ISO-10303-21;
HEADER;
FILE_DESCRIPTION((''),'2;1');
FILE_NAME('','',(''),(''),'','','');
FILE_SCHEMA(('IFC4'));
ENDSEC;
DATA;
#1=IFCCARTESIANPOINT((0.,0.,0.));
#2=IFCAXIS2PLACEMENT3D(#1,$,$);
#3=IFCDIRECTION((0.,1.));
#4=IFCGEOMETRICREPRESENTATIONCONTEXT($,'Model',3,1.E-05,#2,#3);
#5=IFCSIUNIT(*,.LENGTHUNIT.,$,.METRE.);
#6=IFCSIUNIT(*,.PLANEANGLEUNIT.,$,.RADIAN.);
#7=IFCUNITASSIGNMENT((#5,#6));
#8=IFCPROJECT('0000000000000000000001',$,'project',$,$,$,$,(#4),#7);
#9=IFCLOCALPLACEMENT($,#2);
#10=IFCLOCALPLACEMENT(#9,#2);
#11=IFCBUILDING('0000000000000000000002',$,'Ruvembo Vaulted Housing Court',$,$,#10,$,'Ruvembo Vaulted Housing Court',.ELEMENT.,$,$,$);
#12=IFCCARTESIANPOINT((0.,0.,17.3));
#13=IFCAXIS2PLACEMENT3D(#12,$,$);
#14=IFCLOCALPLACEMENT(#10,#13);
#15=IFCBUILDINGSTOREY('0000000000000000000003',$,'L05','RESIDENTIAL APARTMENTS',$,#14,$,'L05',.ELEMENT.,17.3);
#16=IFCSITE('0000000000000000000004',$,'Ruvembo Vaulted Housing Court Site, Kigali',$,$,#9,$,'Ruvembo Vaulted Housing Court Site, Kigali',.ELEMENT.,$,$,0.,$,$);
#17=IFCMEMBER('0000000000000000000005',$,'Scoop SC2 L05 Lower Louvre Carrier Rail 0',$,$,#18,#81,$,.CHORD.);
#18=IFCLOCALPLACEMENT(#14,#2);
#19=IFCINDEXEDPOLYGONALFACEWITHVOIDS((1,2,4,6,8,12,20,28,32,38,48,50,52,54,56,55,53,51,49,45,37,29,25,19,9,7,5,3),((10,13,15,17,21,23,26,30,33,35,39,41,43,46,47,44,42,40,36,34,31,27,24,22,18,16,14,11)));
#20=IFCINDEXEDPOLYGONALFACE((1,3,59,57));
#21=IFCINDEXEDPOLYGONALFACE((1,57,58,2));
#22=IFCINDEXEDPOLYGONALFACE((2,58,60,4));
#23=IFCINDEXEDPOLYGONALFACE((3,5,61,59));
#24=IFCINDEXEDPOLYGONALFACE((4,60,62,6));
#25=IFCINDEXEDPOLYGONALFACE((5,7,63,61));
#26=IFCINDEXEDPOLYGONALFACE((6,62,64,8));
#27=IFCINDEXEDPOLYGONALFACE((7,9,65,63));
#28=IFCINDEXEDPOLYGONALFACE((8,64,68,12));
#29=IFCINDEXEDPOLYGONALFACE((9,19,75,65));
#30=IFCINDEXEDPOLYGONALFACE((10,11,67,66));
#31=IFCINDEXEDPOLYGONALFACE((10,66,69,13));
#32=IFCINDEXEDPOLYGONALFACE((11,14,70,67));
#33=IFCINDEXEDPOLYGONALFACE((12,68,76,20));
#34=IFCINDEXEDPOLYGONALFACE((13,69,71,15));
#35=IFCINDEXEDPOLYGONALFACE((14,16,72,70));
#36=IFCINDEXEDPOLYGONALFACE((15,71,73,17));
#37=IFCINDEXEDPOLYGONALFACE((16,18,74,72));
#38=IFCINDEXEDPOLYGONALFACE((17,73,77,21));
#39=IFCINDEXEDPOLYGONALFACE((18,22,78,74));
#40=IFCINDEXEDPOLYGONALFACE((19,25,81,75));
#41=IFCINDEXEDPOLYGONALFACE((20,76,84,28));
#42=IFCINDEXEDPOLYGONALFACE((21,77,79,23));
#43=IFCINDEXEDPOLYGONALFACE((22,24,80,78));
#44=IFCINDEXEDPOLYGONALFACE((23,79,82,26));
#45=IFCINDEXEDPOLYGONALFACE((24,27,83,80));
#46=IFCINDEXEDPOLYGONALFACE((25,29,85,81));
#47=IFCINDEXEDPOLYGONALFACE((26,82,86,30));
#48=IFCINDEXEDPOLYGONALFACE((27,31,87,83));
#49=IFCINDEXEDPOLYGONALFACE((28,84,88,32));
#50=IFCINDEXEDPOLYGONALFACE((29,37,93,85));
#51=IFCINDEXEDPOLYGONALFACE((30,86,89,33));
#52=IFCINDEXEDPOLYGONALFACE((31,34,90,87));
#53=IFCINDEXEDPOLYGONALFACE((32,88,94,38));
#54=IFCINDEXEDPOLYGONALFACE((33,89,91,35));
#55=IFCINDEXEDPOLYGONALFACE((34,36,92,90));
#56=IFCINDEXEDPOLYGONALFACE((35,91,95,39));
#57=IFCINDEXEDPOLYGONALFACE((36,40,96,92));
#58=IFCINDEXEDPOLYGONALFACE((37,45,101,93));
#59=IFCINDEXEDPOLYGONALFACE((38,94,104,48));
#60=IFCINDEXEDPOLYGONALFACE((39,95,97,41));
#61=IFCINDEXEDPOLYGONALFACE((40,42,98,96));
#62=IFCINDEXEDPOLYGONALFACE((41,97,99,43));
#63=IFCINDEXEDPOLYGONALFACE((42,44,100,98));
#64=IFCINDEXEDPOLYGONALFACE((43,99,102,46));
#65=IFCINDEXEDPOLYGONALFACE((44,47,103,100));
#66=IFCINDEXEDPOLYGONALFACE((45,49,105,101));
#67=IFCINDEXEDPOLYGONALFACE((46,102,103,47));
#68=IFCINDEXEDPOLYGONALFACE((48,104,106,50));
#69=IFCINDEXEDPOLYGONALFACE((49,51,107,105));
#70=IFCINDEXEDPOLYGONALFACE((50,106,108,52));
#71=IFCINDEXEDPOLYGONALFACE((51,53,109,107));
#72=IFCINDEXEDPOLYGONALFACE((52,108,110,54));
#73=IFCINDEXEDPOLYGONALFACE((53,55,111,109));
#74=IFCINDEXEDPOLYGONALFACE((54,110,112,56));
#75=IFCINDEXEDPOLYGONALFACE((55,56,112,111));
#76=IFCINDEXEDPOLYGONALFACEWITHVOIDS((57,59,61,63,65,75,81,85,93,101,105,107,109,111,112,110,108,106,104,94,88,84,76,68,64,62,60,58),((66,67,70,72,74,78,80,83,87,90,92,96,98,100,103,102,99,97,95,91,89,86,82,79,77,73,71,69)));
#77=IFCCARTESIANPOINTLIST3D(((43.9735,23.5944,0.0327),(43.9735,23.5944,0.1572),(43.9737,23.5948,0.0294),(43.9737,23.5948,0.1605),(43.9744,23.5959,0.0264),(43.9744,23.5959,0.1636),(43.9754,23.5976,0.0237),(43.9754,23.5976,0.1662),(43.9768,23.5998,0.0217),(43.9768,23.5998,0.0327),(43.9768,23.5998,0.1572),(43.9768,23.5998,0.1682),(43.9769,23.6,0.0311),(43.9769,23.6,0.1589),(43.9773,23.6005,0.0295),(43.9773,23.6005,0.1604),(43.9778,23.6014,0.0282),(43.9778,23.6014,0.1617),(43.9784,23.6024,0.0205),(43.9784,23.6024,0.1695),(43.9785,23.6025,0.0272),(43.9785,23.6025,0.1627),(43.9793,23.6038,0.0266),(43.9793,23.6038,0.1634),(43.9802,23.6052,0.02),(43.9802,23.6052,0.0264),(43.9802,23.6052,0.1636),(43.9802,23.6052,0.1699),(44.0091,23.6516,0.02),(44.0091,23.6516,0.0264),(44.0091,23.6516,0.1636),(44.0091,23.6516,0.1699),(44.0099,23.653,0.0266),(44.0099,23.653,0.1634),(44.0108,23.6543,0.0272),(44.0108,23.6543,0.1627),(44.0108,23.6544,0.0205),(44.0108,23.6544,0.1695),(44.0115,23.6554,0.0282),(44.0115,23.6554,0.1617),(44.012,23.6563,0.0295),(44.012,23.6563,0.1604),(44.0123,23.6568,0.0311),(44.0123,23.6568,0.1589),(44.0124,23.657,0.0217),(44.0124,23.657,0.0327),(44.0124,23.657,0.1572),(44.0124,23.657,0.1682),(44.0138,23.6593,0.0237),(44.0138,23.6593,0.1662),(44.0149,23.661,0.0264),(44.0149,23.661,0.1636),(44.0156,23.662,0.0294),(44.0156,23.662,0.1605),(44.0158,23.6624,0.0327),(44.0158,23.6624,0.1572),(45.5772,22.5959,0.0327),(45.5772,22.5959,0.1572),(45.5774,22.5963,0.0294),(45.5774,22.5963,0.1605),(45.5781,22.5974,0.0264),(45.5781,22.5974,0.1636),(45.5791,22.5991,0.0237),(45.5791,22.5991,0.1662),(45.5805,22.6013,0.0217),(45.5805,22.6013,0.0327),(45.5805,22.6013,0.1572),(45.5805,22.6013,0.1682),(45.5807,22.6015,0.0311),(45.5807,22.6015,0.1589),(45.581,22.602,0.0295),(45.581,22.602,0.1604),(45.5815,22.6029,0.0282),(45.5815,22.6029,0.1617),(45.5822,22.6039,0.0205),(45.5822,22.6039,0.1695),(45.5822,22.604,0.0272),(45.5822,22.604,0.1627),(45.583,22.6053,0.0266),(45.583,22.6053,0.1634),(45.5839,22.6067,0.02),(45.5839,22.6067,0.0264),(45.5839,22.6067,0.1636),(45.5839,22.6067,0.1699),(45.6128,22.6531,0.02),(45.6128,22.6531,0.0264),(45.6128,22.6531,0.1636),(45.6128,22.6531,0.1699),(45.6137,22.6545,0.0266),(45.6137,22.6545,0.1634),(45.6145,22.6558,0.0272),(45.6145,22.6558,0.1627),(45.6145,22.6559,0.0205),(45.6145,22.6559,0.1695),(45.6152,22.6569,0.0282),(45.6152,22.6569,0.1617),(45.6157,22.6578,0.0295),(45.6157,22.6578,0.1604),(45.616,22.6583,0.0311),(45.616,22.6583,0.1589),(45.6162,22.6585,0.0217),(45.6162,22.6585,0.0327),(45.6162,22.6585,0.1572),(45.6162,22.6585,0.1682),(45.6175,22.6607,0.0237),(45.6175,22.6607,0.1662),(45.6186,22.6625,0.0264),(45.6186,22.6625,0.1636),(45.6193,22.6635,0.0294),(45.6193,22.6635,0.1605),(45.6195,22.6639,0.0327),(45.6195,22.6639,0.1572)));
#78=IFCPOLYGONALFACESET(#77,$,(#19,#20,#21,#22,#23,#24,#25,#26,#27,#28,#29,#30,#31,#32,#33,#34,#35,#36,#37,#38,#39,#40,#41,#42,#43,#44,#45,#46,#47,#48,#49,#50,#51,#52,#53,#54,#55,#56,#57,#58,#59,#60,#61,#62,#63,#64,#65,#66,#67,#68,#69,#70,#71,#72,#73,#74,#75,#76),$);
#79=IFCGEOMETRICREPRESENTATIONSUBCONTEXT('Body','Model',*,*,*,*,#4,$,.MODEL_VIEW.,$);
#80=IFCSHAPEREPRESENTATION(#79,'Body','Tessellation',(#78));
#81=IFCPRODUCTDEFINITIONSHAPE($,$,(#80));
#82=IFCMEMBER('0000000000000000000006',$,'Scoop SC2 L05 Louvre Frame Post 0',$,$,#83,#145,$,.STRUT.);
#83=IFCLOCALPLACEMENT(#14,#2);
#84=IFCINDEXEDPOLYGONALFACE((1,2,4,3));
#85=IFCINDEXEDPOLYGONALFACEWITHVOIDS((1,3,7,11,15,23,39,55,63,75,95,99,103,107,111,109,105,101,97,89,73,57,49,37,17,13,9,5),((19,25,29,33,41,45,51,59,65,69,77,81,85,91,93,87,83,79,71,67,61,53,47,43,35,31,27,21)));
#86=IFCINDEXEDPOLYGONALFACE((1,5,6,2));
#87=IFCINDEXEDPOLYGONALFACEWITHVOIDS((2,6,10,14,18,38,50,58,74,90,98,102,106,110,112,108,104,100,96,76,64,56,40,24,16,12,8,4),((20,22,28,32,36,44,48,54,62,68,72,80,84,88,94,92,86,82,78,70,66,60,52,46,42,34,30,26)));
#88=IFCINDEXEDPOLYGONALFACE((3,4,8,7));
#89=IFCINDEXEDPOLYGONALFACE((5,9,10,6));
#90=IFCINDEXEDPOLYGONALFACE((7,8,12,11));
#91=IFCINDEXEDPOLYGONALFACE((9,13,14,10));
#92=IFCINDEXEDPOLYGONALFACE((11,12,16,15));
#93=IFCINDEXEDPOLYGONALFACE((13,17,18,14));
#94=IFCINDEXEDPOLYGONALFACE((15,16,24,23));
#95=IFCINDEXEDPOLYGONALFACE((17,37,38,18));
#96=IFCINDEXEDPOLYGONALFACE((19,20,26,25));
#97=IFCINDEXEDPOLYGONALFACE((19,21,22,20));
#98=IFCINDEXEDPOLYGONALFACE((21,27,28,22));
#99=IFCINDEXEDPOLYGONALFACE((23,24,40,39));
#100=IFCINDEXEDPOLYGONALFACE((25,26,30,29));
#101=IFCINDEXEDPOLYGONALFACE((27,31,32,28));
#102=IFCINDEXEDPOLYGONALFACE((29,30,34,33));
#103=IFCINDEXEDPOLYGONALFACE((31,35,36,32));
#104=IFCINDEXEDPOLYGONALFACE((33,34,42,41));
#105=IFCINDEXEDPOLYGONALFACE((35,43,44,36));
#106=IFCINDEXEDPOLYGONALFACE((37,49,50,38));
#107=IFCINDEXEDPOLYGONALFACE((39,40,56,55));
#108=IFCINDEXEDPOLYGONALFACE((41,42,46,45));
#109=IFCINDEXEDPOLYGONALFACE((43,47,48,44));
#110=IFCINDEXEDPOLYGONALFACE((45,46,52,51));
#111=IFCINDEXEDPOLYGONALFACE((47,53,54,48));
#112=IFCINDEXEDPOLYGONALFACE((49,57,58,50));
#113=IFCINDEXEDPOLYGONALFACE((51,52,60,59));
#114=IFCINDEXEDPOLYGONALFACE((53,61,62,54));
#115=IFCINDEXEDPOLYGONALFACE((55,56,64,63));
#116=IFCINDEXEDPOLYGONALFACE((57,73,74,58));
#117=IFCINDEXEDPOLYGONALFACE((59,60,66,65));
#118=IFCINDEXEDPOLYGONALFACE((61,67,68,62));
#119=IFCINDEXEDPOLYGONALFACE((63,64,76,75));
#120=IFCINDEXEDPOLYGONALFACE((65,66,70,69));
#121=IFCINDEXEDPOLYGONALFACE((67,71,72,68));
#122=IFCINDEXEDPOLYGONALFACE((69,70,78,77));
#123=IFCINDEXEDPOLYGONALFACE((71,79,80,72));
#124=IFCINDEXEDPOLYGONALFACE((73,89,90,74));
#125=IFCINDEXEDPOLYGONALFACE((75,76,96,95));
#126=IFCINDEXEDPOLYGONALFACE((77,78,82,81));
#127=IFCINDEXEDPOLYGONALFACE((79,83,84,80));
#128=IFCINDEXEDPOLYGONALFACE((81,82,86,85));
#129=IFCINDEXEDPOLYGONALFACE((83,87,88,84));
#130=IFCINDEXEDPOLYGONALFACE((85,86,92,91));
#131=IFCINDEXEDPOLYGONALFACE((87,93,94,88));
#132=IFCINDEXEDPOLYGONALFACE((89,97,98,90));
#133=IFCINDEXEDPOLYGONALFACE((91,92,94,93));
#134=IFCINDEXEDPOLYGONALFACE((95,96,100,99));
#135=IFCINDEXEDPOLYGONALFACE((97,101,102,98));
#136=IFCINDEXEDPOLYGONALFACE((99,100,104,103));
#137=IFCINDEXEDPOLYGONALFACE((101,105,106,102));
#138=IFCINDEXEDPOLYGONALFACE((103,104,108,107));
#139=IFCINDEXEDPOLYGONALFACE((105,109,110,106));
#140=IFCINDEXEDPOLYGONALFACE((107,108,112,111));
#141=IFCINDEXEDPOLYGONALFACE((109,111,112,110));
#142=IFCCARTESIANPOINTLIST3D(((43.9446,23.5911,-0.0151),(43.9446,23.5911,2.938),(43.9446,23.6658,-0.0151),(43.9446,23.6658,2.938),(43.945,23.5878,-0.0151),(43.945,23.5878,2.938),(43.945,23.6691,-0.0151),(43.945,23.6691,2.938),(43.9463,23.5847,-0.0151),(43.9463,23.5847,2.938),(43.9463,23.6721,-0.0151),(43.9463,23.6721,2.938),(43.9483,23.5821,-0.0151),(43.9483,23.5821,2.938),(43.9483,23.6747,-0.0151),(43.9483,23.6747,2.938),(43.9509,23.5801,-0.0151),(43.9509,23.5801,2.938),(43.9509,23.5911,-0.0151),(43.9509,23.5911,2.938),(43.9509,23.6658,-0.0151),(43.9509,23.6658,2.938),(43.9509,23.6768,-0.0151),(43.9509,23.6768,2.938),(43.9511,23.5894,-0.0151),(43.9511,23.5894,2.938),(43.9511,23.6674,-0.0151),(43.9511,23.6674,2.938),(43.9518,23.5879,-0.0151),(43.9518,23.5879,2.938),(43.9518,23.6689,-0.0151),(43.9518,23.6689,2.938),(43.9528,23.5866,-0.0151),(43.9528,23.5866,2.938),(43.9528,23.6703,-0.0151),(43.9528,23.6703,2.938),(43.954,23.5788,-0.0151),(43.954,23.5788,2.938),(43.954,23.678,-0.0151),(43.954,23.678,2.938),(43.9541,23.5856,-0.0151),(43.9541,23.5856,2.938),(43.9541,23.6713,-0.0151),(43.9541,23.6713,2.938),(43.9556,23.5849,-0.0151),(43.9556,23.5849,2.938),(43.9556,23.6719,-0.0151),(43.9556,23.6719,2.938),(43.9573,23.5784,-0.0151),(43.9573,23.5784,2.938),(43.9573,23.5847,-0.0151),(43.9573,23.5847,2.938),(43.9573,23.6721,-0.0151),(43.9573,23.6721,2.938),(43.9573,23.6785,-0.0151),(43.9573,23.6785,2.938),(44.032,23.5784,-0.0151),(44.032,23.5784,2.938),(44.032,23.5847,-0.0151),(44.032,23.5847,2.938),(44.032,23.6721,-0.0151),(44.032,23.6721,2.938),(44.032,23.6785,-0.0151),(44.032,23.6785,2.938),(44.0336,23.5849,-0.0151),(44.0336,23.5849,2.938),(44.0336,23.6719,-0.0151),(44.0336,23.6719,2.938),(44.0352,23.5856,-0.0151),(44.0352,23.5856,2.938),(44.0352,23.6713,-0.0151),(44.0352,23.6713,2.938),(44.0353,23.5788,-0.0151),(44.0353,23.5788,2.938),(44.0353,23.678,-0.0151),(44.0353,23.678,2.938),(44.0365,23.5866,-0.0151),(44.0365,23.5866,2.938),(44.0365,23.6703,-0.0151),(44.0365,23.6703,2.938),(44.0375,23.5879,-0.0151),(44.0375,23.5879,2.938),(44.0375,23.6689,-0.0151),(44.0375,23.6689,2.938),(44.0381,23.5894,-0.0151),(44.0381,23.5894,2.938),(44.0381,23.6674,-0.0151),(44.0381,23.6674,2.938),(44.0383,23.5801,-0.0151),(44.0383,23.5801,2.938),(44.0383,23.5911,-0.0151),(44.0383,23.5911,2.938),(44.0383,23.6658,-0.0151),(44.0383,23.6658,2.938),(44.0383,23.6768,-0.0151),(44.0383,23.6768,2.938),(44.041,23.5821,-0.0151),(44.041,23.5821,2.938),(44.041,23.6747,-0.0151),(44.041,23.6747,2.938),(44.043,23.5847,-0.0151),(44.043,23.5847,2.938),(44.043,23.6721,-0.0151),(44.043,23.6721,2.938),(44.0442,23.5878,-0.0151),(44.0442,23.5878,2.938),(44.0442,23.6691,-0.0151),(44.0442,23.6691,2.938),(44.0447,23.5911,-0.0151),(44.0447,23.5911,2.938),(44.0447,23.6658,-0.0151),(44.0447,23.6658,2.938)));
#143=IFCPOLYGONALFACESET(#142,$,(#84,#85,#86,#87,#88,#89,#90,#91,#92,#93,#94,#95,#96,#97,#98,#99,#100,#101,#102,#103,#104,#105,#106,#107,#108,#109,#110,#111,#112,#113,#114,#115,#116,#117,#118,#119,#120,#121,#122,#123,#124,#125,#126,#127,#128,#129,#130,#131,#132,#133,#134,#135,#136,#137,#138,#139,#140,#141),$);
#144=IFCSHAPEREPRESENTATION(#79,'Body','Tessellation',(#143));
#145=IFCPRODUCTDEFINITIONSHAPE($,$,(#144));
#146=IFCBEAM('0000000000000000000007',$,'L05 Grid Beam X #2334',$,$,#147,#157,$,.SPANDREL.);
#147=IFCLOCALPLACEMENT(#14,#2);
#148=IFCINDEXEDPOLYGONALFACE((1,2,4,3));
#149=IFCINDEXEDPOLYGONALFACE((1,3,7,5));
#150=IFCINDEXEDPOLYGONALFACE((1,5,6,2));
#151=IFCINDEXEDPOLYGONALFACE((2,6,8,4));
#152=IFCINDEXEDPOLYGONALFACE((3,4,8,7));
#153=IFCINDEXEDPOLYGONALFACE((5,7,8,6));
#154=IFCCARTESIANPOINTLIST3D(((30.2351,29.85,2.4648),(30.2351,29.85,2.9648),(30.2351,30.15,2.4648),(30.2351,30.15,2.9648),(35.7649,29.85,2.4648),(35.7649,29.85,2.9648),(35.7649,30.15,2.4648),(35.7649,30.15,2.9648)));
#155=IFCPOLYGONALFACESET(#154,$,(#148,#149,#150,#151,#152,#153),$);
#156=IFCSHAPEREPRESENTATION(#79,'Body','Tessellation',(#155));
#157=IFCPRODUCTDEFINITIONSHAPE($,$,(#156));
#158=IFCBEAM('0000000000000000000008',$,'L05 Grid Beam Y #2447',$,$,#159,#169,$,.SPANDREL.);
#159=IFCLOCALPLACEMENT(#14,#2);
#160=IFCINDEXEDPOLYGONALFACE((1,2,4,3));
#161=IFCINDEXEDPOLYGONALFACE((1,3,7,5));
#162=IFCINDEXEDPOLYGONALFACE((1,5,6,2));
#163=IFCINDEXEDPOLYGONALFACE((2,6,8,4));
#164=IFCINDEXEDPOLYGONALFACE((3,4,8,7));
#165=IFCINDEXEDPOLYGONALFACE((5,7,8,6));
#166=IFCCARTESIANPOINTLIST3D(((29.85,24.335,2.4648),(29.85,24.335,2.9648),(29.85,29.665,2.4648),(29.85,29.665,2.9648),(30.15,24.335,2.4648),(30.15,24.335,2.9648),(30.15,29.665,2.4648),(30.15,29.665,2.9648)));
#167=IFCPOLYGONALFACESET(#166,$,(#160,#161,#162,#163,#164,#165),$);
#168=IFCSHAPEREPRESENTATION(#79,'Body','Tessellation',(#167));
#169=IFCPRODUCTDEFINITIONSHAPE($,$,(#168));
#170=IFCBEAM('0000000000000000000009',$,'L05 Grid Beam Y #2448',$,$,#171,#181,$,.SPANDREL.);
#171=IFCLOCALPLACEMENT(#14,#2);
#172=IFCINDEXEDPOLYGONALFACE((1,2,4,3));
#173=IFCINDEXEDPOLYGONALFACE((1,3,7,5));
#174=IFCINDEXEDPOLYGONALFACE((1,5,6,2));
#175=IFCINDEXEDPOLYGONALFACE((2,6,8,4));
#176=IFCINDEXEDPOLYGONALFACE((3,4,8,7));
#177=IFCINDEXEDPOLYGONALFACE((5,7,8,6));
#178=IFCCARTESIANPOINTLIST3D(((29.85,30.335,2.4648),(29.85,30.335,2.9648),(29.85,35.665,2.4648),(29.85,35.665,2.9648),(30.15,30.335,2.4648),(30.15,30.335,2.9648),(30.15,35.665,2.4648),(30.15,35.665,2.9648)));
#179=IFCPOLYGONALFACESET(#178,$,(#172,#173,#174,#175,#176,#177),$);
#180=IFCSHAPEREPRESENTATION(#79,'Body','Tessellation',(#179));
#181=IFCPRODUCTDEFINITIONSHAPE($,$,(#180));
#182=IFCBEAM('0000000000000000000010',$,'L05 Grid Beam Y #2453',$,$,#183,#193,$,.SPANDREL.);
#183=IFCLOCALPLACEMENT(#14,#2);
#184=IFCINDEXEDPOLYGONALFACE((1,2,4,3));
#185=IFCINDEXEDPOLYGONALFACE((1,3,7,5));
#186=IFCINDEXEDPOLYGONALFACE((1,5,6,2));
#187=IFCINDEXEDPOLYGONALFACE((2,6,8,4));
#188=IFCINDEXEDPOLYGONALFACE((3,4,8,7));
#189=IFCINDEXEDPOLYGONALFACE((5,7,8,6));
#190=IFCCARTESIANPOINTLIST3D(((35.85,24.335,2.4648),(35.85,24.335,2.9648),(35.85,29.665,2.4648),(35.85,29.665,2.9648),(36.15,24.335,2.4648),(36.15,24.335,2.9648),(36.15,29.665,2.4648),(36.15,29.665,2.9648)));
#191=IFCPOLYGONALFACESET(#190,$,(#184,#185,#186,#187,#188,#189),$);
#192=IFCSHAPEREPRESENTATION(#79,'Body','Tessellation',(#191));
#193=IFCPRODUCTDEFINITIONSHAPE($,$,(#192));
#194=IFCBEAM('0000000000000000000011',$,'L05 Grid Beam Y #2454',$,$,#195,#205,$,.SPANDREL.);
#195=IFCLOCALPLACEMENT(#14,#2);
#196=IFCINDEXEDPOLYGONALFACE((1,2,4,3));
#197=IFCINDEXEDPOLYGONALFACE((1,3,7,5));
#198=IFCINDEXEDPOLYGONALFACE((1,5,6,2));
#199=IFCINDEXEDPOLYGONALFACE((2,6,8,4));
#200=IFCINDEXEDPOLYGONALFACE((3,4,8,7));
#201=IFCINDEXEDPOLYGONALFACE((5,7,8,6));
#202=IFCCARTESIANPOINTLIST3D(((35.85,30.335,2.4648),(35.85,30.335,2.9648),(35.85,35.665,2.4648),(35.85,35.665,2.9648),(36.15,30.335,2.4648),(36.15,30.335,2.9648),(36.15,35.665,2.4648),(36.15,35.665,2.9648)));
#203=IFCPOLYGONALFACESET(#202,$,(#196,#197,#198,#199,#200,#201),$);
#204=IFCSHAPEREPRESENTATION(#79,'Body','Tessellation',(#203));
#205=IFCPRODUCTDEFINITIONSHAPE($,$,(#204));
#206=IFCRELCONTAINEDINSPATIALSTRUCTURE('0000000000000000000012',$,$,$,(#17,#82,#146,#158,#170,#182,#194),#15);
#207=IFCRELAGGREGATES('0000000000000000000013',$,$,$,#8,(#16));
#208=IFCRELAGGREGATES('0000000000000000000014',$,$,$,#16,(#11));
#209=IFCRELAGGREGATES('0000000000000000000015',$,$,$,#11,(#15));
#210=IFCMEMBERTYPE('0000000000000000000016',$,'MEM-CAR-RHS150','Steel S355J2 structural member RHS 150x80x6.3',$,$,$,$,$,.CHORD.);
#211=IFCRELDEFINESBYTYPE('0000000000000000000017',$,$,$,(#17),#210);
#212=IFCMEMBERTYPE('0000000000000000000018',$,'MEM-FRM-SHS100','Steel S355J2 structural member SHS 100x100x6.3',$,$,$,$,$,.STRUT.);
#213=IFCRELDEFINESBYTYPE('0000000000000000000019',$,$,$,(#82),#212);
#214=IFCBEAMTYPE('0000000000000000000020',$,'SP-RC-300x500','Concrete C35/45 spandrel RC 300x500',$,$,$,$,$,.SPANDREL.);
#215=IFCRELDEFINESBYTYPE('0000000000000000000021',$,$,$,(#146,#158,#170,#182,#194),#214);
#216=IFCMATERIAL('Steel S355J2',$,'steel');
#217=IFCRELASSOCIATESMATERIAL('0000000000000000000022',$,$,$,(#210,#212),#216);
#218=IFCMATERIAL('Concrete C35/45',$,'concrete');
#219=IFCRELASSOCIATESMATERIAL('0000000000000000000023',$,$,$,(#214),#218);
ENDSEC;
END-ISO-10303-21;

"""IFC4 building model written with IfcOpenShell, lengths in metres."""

from ifc_helpers import new_model, si_unit, direction, frame, origin, origin_2d, place, context, subcontext, project, spatial, rectangle, hollow_rectangle, extrude, material, material_profile, profile_set, type_object, element, save


model = new_model("IFC4")

# Units and contexts
model_context = context("Model", 3, precision=1e-05, world=origin(), true_north=direction((0.0, 1.0)))
body_context = subcontext(model_context, "Body", "Model", "MODEL_VIEW")
ifc_project = project(units=[si_unit("LENGTHUNIT", "METRE"), si_unit("PLANEANGLEUNIT", "RADIAN")], contexts=[model_context])

# Site, building, storey
site_placement = place(None, origin())
site = spatial("IfcSite", under=ifc_project, at=site_placement, Name="Ruvembo Vaulted Housing Court Site, Kigali", LongName="Ruvembo Vaulted Housing Court Site, Kigali", CompositionType="ELEMENT", RefElevation=0.0)
building_placement = place(site_placement, origin())
building = spatial("IfcBuilding", under=site, at=building_placement, Name="Ruvembo Vaulted Housing Court", LongName="Ruvembo Vaulted Housing Court", CompositionType="ELEMENT")
storey_placement = place(building_placement, frame((0.0, 0.0, 17.3)))
storey = spatial("IfcBuildingStorey", under=building, at=storey_placement, Name="L05", Description="RESIDENTIAL APARTMENTS", LongName="L05", CompositionType="ELEMENT", Elevation=17.3)

# Shared definitions
ifc_material_1 = material(Name="Concrete C35/45", Category="concrete")

# Shared definitions
ifc_material_2 = material(Name="Steel S355J2", Category="steel")

# Members
ifc_material_profile_1 = material_profile(ifc_material_2, hollow_rectangle(XDim=0.0801, YDim=0.1499, WallThickness=0.0063, InnerFilletRadius=0.0063, OuterFilletRadius=0.0127, at=origin_2d()), Name="RHS 150x80x6.3")
ifc_profile_set_1 = profile_set([ifc_material_profile_1], Name="Steel S355J2")
member_type_1 = type_object("IfcMemberType", Name="MEM-CAR-RHS150", Description="Steel S355J2 structural member RHS 150x80x6.3", PredefinedType="CHORD", material=ifc_profile_set_1)
member_1_placement = place(storey_placement, frame((43.9946, 23.6284, 0.095), z_axis=(0.848905, -0.528546, 0.0), x_axis=(0.528546, 0.848905, 0.0)))
element("IfcMember", 1, at=member_1_placement, inside=storey, type_object=member_type_1, Name="Scoop SC2 L05 Lower Louvre Carrier Rail 0", PredefinedType="CHORD", context=body_context, shape_type="SweptSolid", body=[
    extrude(hollow_rectangle(XDim=0.0801, YDim=0.1499, WallThickness=0.0063, InnerFilletRadius=0.0063, OuterFilletRadius=0.0127, at=origin_2d()), origin(), (0.0, 0.0, 1.0), 1.8892),
])
ifc_material_profile_2 = material_profile(ifc_material_2, hollow_rectangle(XDim=0.1001, YDim=0.1001, WallThickness=0.0063, InnerFilletRadius=0.0063, OuterFilletRadius=0.0127, at=origin_2d()), Name="SHS 100x100x6.3")
ifc_profile_set_2 = profile_set([ifc_material_profile_2], Name="Steel S355J2")
member_type_2 = type_object("IfcMemberType", Name="MEM-FRM-SHS100", Description="Steel S355J2 structural member SHS 100x100x6.3", PredefinedType="STRUT", material=ifc_profile_set_2)
member_2_placement = place(storey_placement, frame((43.9946, 23.6284, -0.0151), z_axis=(0.0, 0.0, 1.0), x_axis=(1.0, 0.0, 0.0)))
element("IfcMember", 2, at=member_2_placement, inside=storey, type_object=member_type_2, Name="Scoop SC2 L05 Louvre Frame Post 0", PredefinedType="STRUT", context=body_context, shape_type="SweptSolid", body=[
    extrude(hollow_rectangle(XDim=0.1001, YDim=0.1001, WallThickness=0.0063, InnerFilletRadius=0.0063, OuterFilletRadius=0.0127, at=origin_2d()), origin(), (0.0, 0.0, 1.0), 2.9531),
])

# Beams
ifc_material_profile_3 = material_profile(ifc_material_1, rectangle(XDim=0.3, YDim=0.5, at=origin_2d()), Name="RC 300x500")
ifc_profile_set_3 = profile_set([ifc_material_profile_3], Name="Concrete C35/45")
beam_type_1 = type_object("IfcBeamType", Name="SP-RC-300x500", Description="Concrete C35/45 spandrel RC 300x500", PredefinedType="SPANDREL", material=ifc_profile_set_3)
beam_1_placement = place(storey_placement, frame((30.2351, 30.0, 2.7148), z_axis=(1.0, 0.0, 0.0), x_axis=(0.0, 1.0, 0.0)))
element("IfcBeam", 3, at=beam_1_placement, inside=storey, type_object=beam_type_1, Name="L05 Grid Beam X #2334", PredefinedType="SPANDREL", context=body_context, shape_type="SweptSolid", body=[
    extrude(rectangle(XDim=0.3, YDim=0.5, at=origin_2d()), origin(), (0.0, 0.0, 1.0), 5.5298),
])
for number, where, z_axis, x_axis, name in (
    (4, (30.0, 24.335, 2.7148), (0.0, 1.0, 0.0), (-1.0, 0.0, 0.0), "L05 Grid Beam Y #2447"),
    (5, (30.0, 30.335, 2.7148), (0.0, 1.0, 0.0), (-1.0, 0.0, 0.0), "L05 Grid Beam Y #2448"),
    (6, (36.0, 24.335, 2.7148), (0.0, 1.0, 0.0), (-1.0, 0.0, 0.0), "L05 Grid Beam Y #2453"),
    (7, (36.0, 30.335, 2.7148), (0.0, 1.0, 0.0), (-1.0, 0.0, 0.0), "L05 Grid Beam Y #2454"),
):
    element("IfcBeam", number, at=place(storey_placement, frame(where, z_axis=z_axis, x_axis=x_axis)), inside=storey, type_object=beam_type_1, Name=name, PredefinedType="SPANDREL", context=body_context, shape_type="SweptSolid", body=[
        extrude(rectangle(XDim=0.3, YDim=0.5, at=origin_2d()), origin(), (0.0, 0.0, 1.0), 5.3301),
    ])

save(model, "model.ifc")
